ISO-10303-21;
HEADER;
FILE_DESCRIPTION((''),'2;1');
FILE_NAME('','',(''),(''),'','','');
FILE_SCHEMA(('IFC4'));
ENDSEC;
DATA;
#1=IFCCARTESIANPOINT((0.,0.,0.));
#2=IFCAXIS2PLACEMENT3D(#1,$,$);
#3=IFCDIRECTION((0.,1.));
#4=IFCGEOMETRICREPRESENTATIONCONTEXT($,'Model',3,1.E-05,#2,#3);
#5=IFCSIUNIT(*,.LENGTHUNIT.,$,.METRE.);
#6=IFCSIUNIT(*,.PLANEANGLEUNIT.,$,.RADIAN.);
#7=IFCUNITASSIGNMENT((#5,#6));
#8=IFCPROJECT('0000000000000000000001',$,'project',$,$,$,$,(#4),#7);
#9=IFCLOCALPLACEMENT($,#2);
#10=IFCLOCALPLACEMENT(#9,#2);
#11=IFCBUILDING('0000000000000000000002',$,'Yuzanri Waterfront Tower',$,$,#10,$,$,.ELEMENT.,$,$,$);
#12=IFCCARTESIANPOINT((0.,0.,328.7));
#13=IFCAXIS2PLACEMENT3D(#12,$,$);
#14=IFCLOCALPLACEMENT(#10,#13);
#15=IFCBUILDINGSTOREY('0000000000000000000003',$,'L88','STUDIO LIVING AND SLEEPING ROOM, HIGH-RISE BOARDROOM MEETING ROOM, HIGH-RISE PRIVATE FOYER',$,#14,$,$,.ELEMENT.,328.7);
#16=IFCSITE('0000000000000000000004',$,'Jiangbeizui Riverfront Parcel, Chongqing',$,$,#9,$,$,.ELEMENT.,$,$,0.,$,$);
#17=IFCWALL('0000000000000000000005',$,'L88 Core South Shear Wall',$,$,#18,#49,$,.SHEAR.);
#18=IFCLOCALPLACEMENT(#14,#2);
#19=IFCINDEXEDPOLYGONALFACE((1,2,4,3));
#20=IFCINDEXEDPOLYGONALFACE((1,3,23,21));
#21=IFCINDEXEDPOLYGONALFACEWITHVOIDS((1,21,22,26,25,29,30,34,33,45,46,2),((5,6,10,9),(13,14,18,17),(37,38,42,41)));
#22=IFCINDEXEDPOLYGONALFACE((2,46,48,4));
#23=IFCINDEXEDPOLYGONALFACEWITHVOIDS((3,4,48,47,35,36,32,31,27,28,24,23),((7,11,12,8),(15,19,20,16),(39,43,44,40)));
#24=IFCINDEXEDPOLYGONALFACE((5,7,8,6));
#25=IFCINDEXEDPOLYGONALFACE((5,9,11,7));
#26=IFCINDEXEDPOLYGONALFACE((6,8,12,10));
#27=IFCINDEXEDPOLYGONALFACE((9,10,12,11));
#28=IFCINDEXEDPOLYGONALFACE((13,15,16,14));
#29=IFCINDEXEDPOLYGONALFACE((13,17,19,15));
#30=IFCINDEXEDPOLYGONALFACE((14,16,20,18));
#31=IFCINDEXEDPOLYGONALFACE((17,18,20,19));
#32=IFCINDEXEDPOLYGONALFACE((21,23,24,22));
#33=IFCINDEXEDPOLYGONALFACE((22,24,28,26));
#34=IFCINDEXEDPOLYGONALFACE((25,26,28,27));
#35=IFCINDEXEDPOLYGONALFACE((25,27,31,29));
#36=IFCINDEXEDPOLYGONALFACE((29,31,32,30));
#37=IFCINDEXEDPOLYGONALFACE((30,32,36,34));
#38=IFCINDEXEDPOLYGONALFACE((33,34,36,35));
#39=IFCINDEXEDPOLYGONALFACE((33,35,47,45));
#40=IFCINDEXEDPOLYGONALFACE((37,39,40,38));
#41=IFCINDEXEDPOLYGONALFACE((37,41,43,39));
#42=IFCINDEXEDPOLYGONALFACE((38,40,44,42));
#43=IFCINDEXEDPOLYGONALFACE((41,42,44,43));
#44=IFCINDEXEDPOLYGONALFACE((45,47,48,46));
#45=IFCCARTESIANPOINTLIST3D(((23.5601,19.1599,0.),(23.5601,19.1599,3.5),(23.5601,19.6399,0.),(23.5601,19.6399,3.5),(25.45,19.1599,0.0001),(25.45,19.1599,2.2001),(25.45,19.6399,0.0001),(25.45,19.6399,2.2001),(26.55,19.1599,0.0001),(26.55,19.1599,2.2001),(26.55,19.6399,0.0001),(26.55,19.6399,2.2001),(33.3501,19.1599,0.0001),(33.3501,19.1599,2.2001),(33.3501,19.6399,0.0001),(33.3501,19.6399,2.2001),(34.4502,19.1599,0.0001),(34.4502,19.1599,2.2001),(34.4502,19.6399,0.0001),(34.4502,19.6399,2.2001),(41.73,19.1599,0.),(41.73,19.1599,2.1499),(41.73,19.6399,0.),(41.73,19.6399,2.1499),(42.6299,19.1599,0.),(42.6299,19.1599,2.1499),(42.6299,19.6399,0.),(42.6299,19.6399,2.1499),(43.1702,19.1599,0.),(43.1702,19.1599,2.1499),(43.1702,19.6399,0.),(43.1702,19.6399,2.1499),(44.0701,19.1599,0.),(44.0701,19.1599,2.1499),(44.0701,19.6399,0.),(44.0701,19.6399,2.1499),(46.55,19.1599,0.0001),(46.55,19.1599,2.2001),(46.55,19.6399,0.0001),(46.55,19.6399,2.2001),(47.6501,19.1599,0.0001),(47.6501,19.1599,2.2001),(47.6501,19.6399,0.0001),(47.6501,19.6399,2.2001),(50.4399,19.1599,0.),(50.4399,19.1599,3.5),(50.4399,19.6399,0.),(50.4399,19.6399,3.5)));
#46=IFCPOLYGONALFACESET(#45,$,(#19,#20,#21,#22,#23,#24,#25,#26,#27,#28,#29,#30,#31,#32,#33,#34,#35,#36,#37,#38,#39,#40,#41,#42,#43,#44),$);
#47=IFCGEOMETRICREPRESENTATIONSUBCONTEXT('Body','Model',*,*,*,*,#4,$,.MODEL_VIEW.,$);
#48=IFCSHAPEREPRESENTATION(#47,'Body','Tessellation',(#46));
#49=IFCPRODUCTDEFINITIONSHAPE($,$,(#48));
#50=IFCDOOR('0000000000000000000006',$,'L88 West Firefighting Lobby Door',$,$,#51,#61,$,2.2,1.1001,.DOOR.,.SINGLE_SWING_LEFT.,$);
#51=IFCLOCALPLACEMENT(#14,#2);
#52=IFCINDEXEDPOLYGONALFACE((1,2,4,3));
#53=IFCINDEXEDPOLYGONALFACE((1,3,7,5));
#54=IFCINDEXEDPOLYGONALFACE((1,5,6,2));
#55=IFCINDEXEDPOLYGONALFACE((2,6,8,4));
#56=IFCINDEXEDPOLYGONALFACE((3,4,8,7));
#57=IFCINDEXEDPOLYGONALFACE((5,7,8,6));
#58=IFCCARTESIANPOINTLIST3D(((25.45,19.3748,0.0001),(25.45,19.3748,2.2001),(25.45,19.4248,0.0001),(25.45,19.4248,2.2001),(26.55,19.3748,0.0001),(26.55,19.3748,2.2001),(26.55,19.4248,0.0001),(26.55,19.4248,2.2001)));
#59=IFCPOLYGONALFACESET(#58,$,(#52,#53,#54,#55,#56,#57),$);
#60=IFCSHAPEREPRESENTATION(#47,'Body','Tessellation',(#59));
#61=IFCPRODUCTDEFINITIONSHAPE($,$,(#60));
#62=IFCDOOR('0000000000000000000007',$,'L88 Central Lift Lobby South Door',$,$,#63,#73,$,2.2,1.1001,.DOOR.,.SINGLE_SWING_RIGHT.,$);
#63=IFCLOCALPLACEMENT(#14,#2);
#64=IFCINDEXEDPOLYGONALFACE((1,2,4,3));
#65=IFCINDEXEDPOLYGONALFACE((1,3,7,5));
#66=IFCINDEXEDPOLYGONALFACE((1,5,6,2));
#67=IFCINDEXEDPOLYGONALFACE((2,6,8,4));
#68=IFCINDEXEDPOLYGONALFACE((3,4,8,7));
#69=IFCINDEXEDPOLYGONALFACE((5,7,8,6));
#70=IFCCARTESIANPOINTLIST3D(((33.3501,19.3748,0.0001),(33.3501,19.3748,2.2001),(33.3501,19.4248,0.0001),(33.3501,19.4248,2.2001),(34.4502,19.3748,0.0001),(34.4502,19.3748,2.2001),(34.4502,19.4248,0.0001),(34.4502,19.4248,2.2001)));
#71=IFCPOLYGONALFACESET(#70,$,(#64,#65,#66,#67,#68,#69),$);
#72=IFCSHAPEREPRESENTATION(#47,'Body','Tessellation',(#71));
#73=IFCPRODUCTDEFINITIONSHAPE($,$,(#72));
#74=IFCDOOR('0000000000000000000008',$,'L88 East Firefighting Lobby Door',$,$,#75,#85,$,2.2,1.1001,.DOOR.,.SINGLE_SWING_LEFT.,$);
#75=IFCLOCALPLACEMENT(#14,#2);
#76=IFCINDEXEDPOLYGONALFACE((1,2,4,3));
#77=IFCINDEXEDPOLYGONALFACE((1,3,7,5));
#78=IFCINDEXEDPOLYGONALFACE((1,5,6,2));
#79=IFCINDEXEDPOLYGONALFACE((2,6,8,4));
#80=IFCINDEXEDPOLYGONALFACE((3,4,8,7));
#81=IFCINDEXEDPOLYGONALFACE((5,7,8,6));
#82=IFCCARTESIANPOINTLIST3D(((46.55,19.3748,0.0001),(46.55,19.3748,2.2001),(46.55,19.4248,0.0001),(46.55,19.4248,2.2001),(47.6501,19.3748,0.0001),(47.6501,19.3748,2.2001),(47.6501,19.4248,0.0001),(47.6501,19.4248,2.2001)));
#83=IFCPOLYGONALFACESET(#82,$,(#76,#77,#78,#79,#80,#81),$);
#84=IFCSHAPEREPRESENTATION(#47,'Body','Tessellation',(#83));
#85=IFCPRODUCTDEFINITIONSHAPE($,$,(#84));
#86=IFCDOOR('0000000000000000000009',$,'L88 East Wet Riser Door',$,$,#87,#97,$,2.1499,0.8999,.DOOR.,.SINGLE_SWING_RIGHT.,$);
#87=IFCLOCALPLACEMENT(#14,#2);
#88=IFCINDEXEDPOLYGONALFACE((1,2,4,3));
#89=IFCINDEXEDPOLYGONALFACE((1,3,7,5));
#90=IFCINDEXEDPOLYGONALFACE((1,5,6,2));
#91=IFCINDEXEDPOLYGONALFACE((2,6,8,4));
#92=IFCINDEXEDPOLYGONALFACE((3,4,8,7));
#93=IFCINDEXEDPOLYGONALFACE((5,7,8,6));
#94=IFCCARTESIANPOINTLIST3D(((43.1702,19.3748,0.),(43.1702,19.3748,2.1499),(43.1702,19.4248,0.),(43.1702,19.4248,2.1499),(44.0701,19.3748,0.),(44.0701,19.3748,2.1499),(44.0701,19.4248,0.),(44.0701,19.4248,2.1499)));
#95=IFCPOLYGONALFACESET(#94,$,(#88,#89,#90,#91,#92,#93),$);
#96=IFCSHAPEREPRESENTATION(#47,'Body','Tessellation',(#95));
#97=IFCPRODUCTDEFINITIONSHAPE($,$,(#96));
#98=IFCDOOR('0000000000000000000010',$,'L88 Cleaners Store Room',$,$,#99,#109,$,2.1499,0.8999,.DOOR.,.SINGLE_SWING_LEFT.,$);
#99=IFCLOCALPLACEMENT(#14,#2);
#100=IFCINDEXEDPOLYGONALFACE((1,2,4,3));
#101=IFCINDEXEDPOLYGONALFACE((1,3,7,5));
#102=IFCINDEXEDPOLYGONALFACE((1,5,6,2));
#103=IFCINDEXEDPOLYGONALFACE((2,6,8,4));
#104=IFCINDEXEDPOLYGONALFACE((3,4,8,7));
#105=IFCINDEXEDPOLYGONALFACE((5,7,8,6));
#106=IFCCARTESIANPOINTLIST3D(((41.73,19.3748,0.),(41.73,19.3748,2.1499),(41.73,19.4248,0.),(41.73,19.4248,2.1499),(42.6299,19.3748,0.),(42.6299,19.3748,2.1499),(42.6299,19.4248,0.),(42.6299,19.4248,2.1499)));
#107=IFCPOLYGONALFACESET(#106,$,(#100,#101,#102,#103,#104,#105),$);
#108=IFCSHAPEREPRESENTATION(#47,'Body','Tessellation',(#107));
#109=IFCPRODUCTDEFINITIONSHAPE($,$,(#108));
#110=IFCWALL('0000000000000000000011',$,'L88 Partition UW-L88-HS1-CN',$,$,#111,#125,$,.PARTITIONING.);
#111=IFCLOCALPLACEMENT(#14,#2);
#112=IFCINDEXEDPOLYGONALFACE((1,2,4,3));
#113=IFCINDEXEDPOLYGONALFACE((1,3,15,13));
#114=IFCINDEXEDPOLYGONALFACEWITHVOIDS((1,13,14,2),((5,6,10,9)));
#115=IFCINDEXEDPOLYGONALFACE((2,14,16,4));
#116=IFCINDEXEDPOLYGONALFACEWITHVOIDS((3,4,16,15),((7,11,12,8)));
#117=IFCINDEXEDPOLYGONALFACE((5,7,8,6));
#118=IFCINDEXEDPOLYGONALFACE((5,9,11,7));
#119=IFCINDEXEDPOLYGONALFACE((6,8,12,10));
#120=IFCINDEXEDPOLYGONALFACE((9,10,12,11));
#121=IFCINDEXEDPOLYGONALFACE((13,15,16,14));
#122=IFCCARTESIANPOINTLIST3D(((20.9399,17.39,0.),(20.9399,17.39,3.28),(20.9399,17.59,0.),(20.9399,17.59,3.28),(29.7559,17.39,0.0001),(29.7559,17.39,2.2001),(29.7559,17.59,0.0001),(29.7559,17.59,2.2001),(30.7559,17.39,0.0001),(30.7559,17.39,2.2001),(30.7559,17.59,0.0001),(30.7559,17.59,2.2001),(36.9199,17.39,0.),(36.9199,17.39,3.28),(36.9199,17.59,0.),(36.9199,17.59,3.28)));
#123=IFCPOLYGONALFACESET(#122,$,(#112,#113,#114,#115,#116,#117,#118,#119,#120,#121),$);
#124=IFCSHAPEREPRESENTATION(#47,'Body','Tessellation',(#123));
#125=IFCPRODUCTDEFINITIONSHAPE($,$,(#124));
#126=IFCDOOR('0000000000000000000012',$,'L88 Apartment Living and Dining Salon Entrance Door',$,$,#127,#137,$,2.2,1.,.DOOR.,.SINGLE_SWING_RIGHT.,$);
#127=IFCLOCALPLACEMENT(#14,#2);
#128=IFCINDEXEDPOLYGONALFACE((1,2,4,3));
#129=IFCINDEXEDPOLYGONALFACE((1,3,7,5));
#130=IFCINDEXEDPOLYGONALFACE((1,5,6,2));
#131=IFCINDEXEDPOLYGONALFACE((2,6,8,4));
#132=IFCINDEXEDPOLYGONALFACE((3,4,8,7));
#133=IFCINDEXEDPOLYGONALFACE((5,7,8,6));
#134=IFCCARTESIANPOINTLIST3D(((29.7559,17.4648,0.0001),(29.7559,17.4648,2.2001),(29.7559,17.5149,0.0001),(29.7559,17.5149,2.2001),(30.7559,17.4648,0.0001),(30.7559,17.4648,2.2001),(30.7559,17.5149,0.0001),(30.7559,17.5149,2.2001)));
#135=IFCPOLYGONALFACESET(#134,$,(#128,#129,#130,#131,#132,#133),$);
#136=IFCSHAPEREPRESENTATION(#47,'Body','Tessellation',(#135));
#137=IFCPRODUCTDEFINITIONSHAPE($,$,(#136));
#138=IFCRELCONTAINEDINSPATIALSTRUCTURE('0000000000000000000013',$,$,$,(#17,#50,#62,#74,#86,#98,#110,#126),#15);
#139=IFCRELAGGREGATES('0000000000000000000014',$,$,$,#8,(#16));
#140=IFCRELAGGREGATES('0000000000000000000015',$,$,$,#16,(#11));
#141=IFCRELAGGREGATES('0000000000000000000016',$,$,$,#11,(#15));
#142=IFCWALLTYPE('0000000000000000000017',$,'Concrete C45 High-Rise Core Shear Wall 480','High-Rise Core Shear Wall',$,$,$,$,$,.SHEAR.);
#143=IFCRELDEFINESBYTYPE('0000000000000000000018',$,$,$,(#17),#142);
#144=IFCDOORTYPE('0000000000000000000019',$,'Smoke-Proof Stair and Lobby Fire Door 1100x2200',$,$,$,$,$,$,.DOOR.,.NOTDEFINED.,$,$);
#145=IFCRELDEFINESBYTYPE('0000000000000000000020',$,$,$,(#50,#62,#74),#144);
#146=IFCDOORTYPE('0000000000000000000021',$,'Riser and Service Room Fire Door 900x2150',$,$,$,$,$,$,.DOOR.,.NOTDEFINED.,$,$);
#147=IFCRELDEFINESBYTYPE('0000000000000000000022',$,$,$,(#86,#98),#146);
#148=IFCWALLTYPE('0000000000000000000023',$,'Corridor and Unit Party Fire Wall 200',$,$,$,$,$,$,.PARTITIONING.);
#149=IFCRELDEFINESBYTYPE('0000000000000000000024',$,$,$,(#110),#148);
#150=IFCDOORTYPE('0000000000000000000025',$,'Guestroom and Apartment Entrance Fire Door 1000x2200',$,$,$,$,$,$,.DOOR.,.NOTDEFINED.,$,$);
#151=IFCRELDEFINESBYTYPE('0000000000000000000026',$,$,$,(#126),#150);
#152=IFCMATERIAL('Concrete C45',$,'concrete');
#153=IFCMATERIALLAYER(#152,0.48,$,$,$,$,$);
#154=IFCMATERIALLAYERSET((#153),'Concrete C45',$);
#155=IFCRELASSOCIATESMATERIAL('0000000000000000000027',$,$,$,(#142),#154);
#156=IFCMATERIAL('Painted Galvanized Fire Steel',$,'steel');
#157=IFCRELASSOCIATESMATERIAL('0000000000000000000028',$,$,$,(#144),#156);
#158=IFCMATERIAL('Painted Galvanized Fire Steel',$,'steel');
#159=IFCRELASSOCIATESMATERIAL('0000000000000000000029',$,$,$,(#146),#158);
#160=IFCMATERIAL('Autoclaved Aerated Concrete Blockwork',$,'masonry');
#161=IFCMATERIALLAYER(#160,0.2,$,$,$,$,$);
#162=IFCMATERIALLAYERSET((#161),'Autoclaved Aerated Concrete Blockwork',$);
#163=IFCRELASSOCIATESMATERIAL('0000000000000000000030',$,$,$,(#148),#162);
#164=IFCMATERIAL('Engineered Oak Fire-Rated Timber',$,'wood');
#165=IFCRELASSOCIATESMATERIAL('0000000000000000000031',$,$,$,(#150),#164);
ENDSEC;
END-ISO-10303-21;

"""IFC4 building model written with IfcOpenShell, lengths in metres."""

from ifc_helpers import new_model, si_unit, direction, frame, frame_2d, origin, place, context, subcontext, project, spatial, rectangle, extrude, source, transform, mapped, material, layer, layer_set, type_object, element, fill, save


model = new_model("IFC4")

# Units and contexts
model_context = context("Model", 3, precision=1e-05, world=origin(), true_north=direction((0.0, 1.0)))
body_context = subcontext(model_context, "Body", "Model", "MODEL_VIEW")
ifc_project = project(units=[si_unit("LENGTHUNIT", "METRE"), si_unit("PLANEANGLEUNIT", "RADIAN")], contexts=[model_context])

# Site, building, storey
site_placement = place(None, origin())
site = spatial("IfcSite", under=ifc_project, at=site_placement, Name="Jiangbeizui Riverfront Parcel, Chongqing", CompositionType="ELEMENT", RefElevation=0.0)
building_placement = place(site_placement, origin())
building = spatial("IfcBuilding", under=site, at=building_placement, Name="Yuzanri Waterfront Tower", CompositionType="ELEMENT")
storey_placement = place(building_placement, frame((0.0, 0.0, 328.7)))
storey = spatial("IfcBuildingStorey", under=building, at=storey_placement, Name="L88", Description="STUDIO LIVING AND SLEEPING ROOM, HIGH-RISE BOARDROOM MEETING ROOM, HIGH-RISE PRIVATE FOYER", CompositionType="ELEMENT", Elevation=328.7)

# Wall, openings, doors
ifc_material_1 = material(Name="Concrete C45", Category="concrete")
ifc_layer_1 = layer(ifc_material_1, 0.48)
ifc_layer_set_1 = layer_set([ifc_layer_1], Name="Concrete C45")
wall_type_1 = type_object("IfcWallType", Name="Concrete C45 High-Rise Core Shear Wall 480", Description="High-Rise Core Shear Wall", PredefinedType="SHEAR", material=ifc_layer_set_1)
wall_1_placement = place(storey_placement, frame((23.5601, 19.3999, 0.0), z_axis=(0.0, 0.0, 1.0), x_axis=(1.0, 0.0, 0.0)))
wall_1 = element("IfcWall", 1, at=wall_1_placement, inside=storey, type_object=wall_type_1, Name="L88 Core South Shear Wall", PredefinedType="SHEAR", context=body_context, shape_type="SweptSolid", body=[
    extrude(rectangle(XDim=26.8799, YDim=0.48, at=frame_2d((13.4399, 0.0))), origin(), (0.0, 0.0, 1.0), 3.5),
])
opening_1_placement = place(wall_1_placement, frame((1.8899, 0.0, 0.0)))
opening_1 = element("IfcOpeningElement", 2, at=opening_1_placement, cuts=wall_1, PredefinedType="OPENING", context=body_context, shape_type="SweptSolid", body=[
    extrude(rectangle(XDim=1.1001, YDim=2.2, at=frame_2d((0.55, 1.1001))), frame((0.0, 0.2549, 0.0), z_axis=(0.0, -1.0, 0.0), x_axis=(1.0, 0.0, 0.0)), (0.0, 0.0, 1.0), 0.5098),
])
opening_2_placement = place(wall_1_placement, frame((9.79, 0.0, 0.0)))
opening_2 = element("IfcOpeningElement", 3, at=opening_2_placement, cuts=wall_1, PredefinedType="OPENING", context=body_context, shape_type="SweptSolid", body=[
    extrude(rectangle(XDim=1.1001, YDim=2.2, at=frame_2d((0.55, 1.1001))), frame((0.0, 0.2549, 0.0), z_axis=(0.0, -1.0, 0.0), x_axis=(1.0, 0.0, 0.0)), (0.0, 0.0, 1.0), 0.5098),
])
opening_3_placement = place(wall_1_placement, frame((22.99, 0.0, 0.0)))
opening_3 = element("IfcOpeningElement", 4, at=opening_3_placement, cuts=wall_1, PredefinedType="OPENING", context=body_context, shape_type="SweptSolid", body=[
    extrude(rectangle(XDim=1.1001, YDim=2.2, at=frame_2d((0.55, 1.1001))), frame((0.0, 0.2549, 0.0), z_axis=(0.0, -1.0, 0.0), x_axis=(1.0, 0.0, 0.0)), (0.0, 0.0, 1.0), 0.5098),
])
opening_4_placement = place(wall_1_placement, frame((19.6101, 0.0, 0.0)))
opening_4 = element("IfcOpeningElement", 5, at=opening_4_placement, cuts=wall_1, PredefinedType="OPENING", context=body_context, shape_type="SweptSolid", body=[
    extrude(rectangle(XDim=0.8999, YDim=2.1499, at=frame_2d((0.45, 1.075))), frame((0.0, 0.2549, 0.0), z_axis=(0.0, -1.0, 0.0), x_axis=(1.0, 0.0, 0.0)), (0.0, 0.0, 1.0), 0.5098),
])
opening_5_placement = place(wall_1_placement, frame((18.1699, 0.0, 0.0)))
opening_5 = element("IfcOpeningElement", 6, at=opening_5_placement, cuts=wall_1, PredefinedType="OPENING", context=body_context, shape_type="SweptSolid", body=[
    extrude(rectangle(XDim=0.8999, YDim=2.1499, at=frame_2d((0.45, 1.075))), frame((0.0, 0.2549, 0.0), z_axis=(0.0, -1.0, 0.0), x_axis=(1.0, 0.0, 0.0)), (0.0, 0.0, 1.0), 0.5098),
])
ifc_material_2 = material(Name="Painted Galvanized Fire Steel", Category="steel")
door_type_1 = type_object("IfcDoorType", Name="Smoke-Proof Stair and Lobby Fire Door 1100x2200", OperationType="NOTDEFINED", PredefinedType="DOOR", material=ifc_material_2)
shared_shape_1 = source(origin(), body_context, "Body", "SweptSolid", [
    extrude(rectangle(XDim=1.1001, YDim=2.2, at=frame_2d((0.55, 1.1001))), frame((0.0, 0.0249, 0.0), z_axis=(0.0, -1.0, 0.0), x_axis=(1.0, 0.0, 0.0)), (0.0, 0.0, 1.0), 0.05),
])
door_1_placement = place(opening_1_placement, origin())
door_1 = element("IfcDoor", 7, at=door_1_placement, inside=storey, type_object=door_type_1, Name="L88 West Firefighting Lobby Door", OperationType="SINGLE_SWING_LEFT", OverallHeight=2.2, OverallWidth=1.1001, PredefinedType="DOOR", context=body_context, shape_type="MappedRepresentation", body=[
    mapped(shared_shape_1, transform((0.0, 0.0, 0.0), scale=1.0)),
])
fill(opening_1, door_1)
door_2_placement = place(opening_2_placement, origin())
door_2 = element("IfcDoor", 8, at=door_2_placement, inside=storey, type_object=door_type_1, Name="L88 Central Lift Lobby South Door", OperationType="SINGLE_SWING_RIGHT", OverallHeight=2.2, OverallWidth=1.1001, PredefinedType="DOOR", context=body_context, shape_type="MappedRepresentation", body=[
    mapped(shared_shape_1, transform((0.0, 0.0, 0.0), scale=1.0)),
])
fill(opening_2, door_2)
door_3_placement = place(opening_3_placement, origin())
door_3 = element("IfcDoor", 9, at=door_3_placement, inside=storey, type_object=door_type_1, Name="L88 East Firefighting Lobby Door", OperationType="SINGLE_SWING_LEFT", OverallHeight=2.2, OverallWidth=1.1001, PredefinedType="DOOR", context=body_context, shape_type="MappedRepresentation", body=[
    mapped(shared_shape_1, transform((0.0, 0.0, 0.0), scale=1.0)),
])
fill(opening_3, door_3)
ifc_material_3 = material(Name="Painted Galvanized Fire Steel", Category="steel")
door_type_2 = type_object("IfcDoorType", Name="Riser and Service Room Fire Door 900x2150", OperationType="NOTDEFINED", PredefinedType="DOOR", material=ifc_material_3)
shared_shape_2 = source(origin(), body_context, "Body", "SweptSolid", [
    extrude(rectangle(XDim=0.8999, YDim=2.1499, at=frame_2d((0.45, 1.075))), frame((0.0, 0.0249, 0.0), z_axis=(0.0, -1.0, 0.0), x_axis=(1.0, 0.0, 0.0)), (0.0, 0.0, 1.0), 0.05),
])
door_4_placement = place(opening_4_placement, origin())
door_4 = element("IfcDoor", 10, at=door_4_placement, inside=storey, type_object=door_type_2, Name="L88 East Wet Riser Door", OperationType="SINGLE_SWING_RIGHT", OverallHeight=2.1499, OverallWidth=0.8999, PredefinedType="DOOR", context=body_context, shape_type="MappedRepresentation", body=[
    mapped(shared_shape_2, transform((0.0, 0.0, 0.0), scale=1.0)),
])
fill(opening_4, door_4)
door_5_placement = place(opening_5_placement, origin())
door_5 = element("IfcDoor", 11, at=door_5_placement, inside=storey, type_object=door_type_2, Name="L88 Cleaners Store Room", OperationType="SINGLE_SWING_LEFT", OverallHeight=2.1499, OverallWidth=0.8999, PredefinedType="DOOR", context=body_context, shape_type="MappedRepresentation", body=[
    mapped(shared_shape_2, transform((0.0, 0.0, 0.0), scale=1.0)),
])
fill(opening_5, door_5)

# Wall, opening, door
ifc_material_4 = material(Name="Autoclaved Aerated Concrete Blockwork", Category="masonry")
ifc_layer_2 = layer(ifc_material_4, 0.2)
ifc_layer_set_2 = layer_set([ifc_layer_2], Name="Autoclaved Aerated Concrete Blockwork")
wall_type_2 = type_object("IfcWallType", Name="Corridor and Unit Party Fire Wall 200", PredefinedType="PARTITIONING", material=ifc_layer_set_2)
wall_2_placement = place(storey_placement, frame((20.9399, 17.49, 0.0), z_axis=(0.0, 0.0, 1.0), x_axis=(1.0, 0.0, 0.0)))
wall_2 = element("IfcWall", 12, at=wall_2_placement, inside=storey, type_object=wall_type_2, Name="L88 Partition UW-L88-HS1-CN", PredefinedType="PARTITIONING", context=body_context, shape_type="SweptSolid", body=[
    extrude(rectangle(XDim=15.98, YDim=0.2, at=frame_2d((7.99, 0.0))), origin(), (0.0, 0.0, 1.0), 3.28),
])
opening_6_placement = place(wall_2_placement, frame((8.8159, 0.0, 0.0)))
opening_6 = element("IfcOpeningElement", 13, at=opening_6_placement, cuts=wall_2, PredefinedType="OPENING", context=body_context, shape_type="SweptSolid", body=[
    extrude(rectangle(XDim=1.0, YDim=2.2, at=frame_2d((0.5, 1.1001))), frame((0.0, 0.1147, 0.0), z_axis=(0.0, -1.0, 0.0), x_axis=(1.0, 0.0, 0.0)), (0.0, 0.0, 1.0), 0.2297),
])
ifc_material_5 = material(Name="Engineered Oak Fire-Rated Timber", Category="wood")
door_type_3 = type_object("IfcDoorType", Name="Guestroom and Apartment Entrance Fire Door 1000x2200", OperationType="NOTDEFINED", PredefinedType="DOOR", material=ifc_material_5)
shared_shape_3 = source(origin(), body_context, "Body", "SweptSolid", [
    extrude(rectangle(XDim=1.0, YDim=2.2, at=frame_2d((0.5, 1.1001))), frame((0.0, 0.0249, 0.0), z_axis=(0.0, -1.0, 0.0), x_axis=(1.0, 0.0, 0.0)), (0.0, 0.0, 1.0), 0.05),
])
door_6_placement = place(opening_6_placement, origin())
door_6 = element("IfcDoor", 14, at=door_6_placement, inside=storey, type_object=door_type_3, Name="L88 Apartment Living and Dining Salon Entrance Door", OperationType="SINGLE_SWING_RIGHT", OverallHeight=2.2, OverallWidth=1.0, PredefinedType="DOOR", context=body_context, shape_type="MappedRepresentation", body=[
    mapped(shared_shape_3, transform((0.0, 0.0, 0.0), scale=1.0)),
])
fill(opening_6, door_6)

save(model, "model.ifc")
